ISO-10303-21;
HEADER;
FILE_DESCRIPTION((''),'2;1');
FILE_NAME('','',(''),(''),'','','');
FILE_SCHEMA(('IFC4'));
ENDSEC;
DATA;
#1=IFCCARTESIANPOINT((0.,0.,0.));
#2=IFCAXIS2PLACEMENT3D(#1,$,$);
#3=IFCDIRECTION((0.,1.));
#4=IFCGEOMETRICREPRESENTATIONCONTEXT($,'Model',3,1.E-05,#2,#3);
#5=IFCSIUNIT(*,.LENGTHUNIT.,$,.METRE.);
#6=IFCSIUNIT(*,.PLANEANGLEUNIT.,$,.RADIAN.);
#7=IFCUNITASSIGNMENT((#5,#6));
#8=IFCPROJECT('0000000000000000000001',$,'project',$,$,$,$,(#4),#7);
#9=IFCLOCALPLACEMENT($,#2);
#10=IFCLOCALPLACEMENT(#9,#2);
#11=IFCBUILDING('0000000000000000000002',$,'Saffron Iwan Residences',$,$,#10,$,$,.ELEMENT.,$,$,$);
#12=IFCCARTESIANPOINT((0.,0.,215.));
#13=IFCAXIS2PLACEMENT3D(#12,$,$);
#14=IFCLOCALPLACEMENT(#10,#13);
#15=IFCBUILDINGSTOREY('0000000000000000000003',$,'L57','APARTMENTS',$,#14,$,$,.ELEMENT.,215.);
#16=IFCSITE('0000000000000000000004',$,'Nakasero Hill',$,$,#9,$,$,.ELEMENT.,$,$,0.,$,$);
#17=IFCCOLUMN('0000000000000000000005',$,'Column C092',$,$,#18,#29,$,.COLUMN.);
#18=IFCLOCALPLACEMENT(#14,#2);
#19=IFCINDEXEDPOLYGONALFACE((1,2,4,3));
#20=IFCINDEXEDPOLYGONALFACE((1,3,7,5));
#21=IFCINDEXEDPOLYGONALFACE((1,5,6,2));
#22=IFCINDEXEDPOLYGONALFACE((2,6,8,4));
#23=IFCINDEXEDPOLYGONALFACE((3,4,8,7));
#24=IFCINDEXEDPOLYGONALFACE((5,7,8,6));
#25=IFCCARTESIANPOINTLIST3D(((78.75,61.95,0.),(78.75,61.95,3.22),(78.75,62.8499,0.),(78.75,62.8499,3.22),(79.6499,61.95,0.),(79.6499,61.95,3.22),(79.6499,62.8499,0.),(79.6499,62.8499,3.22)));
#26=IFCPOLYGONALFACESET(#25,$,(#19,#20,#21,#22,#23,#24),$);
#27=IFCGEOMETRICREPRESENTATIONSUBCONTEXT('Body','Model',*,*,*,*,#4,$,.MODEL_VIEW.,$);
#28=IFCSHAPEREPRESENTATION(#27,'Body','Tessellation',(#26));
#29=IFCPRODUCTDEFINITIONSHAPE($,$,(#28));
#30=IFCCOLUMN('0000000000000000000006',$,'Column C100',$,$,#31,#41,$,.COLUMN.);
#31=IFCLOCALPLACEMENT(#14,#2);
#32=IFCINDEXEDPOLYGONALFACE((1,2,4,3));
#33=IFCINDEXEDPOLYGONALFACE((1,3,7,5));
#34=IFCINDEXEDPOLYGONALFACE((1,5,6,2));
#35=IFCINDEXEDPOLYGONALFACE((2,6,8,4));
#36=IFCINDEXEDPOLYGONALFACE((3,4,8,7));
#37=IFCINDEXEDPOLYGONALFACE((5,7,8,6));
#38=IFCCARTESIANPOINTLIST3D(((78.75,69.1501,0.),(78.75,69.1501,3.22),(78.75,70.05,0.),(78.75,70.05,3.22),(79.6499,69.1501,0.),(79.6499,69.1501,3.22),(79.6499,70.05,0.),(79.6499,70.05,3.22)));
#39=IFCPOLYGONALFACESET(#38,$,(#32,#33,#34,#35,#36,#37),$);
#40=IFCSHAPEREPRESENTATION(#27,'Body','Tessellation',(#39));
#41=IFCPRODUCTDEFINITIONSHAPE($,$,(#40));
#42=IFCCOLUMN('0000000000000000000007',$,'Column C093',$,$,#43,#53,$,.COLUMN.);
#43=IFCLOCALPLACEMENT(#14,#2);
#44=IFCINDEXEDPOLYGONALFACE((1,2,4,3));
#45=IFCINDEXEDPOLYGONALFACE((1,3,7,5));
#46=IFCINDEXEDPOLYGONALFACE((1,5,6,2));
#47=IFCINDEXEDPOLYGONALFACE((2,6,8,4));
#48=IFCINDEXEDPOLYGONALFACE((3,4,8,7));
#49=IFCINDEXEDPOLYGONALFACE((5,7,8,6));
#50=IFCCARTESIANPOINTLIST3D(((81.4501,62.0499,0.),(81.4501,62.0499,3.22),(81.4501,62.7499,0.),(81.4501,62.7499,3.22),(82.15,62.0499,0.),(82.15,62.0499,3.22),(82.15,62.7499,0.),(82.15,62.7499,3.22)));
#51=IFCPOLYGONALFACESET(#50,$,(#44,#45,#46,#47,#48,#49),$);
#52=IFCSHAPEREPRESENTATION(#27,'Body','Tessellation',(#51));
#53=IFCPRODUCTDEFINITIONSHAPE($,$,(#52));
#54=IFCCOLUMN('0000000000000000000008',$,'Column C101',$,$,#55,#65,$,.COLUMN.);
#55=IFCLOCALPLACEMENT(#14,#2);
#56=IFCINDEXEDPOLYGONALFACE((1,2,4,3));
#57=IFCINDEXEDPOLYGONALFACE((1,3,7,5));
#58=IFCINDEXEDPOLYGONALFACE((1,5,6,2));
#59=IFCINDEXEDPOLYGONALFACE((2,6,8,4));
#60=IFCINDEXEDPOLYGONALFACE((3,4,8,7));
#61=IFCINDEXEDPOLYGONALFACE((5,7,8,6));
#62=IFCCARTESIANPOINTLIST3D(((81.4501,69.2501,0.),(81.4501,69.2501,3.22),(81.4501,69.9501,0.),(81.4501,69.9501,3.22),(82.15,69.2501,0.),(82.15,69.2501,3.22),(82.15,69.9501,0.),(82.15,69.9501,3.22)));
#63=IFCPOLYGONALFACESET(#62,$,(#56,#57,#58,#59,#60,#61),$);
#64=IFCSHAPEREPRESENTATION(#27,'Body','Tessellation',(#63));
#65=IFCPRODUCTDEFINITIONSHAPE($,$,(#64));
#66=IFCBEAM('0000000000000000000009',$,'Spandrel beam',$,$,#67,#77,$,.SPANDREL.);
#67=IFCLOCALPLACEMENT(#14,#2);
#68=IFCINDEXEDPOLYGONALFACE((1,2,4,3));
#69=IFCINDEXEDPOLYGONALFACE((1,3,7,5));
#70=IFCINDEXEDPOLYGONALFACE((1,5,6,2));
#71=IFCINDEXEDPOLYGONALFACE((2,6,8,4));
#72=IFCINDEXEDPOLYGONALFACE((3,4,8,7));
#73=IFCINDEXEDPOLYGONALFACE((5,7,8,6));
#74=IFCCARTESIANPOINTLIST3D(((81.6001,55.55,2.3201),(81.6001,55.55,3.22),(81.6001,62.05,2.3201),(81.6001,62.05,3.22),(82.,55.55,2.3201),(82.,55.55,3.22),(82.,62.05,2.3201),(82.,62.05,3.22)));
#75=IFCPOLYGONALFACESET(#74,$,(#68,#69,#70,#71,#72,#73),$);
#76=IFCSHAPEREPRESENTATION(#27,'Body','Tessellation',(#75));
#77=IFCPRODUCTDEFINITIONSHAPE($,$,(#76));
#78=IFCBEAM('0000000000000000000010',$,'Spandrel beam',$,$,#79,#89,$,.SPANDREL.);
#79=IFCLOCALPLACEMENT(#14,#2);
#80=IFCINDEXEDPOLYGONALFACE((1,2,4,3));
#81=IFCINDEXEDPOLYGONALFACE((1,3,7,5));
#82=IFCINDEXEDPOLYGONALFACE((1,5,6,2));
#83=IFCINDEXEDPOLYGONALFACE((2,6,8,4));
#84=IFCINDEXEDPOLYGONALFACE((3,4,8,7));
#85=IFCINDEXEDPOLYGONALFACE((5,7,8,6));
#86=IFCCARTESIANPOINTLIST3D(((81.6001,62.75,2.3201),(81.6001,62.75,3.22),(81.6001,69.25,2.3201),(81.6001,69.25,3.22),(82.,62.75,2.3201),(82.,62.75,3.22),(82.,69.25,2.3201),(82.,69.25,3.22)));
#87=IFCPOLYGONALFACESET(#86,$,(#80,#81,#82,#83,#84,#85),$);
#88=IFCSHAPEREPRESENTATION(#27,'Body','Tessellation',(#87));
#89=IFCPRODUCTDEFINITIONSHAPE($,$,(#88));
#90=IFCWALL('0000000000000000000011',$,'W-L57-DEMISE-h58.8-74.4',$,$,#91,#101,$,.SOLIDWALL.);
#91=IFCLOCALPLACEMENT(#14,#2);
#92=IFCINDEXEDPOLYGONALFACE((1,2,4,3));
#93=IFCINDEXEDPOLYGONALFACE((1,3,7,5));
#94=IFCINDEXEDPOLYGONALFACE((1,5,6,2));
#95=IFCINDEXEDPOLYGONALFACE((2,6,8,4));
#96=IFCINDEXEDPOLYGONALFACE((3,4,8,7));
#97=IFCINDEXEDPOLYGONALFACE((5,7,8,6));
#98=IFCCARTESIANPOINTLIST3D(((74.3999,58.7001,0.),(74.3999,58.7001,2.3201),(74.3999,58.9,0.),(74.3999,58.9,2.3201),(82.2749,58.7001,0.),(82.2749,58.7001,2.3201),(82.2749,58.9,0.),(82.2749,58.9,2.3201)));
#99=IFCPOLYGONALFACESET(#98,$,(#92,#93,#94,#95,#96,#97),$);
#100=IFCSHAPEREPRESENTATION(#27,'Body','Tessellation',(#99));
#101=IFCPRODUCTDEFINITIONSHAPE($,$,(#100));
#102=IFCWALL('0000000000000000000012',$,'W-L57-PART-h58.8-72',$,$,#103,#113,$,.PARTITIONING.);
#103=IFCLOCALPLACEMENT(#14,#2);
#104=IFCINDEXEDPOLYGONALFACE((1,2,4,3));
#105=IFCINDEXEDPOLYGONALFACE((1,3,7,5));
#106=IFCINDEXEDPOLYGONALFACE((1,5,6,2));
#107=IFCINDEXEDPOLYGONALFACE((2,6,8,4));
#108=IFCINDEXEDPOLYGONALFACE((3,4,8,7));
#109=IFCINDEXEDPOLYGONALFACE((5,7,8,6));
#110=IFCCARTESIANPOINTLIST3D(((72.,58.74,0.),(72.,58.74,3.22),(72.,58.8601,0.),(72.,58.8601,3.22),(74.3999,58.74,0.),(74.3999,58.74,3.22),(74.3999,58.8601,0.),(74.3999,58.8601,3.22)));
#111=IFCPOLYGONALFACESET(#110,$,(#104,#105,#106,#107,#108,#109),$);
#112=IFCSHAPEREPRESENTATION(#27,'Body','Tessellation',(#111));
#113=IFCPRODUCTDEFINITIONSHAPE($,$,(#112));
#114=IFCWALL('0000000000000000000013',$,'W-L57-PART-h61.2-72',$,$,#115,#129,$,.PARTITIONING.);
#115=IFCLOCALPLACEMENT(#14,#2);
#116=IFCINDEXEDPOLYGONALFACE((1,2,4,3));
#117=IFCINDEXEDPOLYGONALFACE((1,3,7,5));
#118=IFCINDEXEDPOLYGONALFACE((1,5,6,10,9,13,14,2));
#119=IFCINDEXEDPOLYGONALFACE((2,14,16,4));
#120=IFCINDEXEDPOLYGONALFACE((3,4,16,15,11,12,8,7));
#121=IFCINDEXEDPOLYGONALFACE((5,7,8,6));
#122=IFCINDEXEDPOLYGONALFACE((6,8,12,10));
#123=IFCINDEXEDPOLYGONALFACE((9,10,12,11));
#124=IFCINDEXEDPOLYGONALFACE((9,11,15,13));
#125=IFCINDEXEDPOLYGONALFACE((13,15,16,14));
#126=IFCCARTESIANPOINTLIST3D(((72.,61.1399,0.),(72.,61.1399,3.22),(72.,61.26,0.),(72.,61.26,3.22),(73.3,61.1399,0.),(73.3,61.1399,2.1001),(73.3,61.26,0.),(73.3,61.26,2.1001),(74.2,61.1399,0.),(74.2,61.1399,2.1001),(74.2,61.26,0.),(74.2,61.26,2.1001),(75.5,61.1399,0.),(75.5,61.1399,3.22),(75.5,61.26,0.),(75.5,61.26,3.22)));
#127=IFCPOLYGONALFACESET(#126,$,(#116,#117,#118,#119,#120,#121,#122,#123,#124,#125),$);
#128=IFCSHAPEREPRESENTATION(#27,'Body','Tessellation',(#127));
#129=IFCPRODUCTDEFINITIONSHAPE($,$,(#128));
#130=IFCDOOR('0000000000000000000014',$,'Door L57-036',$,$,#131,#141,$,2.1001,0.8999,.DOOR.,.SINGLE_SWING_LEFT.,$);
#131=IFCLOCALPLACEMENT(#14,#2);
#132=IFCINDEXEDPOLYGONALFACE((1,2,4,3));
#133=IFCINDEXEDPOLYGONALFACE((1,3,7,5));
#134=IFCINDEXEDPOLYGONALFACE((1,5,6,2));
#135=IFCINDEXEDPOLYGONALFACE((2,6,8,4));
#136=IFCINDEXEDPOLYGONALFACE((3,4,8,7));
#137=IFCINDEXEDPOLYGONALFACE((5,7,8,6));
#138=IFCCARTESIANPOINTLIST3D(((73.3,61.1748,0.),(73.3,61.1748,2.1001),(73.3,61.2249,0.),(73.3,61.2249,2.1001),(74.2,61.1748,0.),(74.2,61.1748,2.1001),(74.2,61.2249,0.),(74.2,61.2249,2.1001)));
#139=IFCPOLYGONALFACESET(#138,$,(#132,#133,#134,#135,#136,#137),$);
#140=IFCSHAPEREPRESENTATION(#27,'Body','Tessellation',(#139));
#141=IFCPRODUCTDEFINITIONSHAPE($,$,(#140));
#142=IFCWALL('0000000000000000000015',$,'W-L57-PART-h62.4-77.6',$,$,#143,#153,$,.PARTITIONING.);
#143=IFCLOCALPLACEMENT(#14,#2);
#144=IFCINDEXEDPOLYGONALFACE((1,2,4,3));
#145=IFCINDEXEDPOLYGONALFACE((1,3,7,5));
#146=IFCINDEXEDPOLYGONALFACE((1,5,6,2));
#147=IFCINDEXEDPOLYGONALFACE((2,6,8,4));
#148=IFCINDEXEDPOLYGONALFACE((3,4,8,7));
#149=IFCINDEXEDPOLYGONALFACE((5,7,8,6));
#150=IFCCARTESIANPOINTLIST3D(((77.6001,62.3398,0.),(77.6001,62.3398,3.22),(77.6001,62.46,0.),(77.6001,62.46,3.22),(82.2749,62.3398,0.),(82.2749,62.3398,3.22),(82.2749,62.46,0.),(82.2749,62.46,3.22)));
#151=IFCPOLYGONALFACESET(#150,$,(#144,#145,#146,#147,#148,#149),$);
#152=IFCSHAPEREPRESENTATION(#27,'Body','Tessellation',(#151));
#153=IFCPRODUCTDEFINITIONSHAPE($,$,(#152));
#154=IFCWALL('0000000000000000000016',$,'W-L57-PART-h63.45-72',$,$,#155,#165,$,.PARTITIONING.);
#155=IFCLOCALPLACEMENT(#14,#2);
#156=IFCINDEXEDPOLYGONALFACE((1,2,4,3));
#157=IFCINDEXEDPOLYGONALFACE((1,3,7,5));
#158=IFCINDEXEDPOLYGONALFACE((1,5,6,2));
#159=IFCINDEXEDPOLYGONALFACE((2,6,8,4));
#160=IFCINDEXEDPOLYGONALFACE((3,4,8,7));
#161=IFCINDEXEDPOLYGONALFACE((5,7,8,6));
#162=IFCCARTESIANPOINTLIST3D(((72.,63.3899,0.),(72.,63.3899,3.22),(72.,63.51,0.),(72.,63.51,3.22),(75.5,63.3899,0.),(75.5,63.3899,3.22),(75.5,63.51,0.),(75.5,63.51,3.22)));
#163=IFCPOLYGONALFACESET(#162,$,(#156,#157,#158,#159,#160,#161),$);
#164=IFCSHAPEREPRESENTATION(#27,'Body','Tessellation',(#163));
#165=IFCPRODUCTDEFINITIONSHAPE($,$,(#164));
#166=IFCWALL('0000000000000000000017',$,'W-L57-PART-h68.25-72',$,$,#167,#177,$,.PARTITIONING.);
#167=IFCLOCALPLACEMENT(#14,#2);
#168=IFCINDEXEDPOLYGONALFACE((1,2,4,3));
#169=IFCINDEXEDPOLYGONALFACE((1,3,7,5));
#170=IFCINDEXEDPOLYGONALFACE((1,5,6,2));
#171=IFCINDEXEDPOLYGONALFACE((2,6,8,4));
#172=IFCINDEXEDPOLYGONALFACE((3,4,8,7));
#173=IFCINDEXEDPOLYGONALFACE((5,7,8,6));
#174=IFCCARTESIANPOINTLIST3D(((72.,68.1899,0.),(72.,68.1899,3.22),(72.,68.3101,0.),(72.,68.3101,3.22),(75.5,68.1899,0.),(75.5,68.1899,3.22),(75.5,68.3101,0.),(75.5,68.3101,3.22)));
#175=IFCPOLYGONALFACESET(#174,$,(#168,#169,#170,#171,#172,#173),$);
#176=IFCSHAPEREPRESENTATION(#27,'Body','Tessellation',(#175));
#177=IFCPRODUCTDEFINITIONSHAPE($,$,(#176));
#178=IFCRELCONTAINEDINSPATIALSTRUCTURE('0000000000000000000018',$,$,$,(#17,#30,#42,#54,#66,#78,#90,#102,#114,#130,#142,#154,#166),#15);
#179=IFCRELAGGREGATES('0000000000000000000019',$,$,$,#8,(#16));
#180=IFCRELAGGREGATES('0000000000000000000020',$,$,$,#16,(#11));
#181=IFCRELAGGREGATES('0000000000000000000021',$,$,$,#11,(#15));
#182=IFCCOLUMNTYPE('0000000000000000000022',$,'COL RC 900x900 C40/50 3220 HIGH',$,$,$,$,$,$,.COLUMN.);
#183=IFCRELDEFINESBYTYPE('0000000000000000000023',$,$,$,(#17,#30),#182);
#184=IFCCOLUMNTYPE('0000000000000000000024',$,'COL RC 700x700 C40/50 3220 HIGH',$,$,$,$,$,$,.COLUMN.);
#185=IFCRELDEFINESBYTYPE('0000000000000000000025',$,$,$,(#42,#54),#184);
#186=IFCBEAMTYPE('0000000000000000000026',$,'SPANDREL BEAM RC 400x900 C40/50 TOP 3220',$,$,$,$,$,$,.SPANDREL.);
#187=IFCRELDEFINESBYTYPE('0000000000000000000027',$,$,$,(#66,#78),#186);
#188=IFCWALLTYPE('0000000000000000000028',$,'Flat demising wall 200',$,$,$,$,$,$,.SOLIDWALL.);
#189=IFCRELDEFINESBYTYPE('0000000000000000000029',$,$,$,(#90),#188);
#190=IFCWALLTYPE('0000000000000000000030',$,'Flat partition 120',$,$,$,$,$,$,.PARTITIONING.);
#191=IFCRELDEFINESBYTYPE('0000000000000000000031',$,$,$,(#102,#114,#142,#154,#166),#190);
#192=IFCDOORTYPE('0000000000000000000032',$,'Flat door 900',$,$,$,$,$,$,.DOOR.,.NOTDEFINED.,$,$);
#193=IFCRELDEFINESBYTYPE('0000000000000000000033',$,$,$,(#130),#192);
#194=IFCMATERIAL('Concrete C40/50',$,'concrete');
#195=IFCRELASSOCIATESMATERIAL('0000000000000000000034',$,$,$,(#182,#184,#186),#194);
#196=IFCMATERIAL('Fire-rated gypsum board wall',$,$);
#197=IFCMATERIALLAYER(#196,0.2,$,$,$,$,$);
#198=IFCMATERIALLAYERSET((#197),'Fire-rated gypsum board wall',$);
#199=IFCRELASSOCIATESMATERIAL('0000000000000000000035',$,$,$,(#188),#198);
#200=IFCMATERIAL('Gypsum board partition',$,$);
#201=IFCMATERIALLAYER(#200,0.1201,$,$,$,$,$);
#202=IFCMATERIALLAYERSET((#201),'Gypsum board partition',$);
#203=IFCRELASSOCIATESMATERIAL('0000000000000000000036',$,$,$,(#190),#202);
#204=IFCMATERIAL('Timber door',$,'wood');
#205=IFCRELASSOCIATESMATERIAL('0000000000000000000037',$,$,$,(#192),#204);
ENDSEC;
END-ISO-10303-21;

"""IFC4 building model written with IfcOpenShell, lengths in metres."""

from ifc_helpers import new_model, si_unit, direction, frame, frame_2d, origin, origin_2d, place, context, subcontext, project, spatial, rectangle, extrude, source, transform, mapped, material, layer, layer_set, material_profile, profile_set, type_object, element, fill, save


model = new_model("IFC4")

# Units and contexts
model_context = context("Model", 3, precision=1e-05, world=origin(), true_north=direction((0.0, 1.0)))
body_context = subcontext(model_context, "Body", "Model", "MODEL_VIEW")
ifc_project = project(units=[si_unit("LENGTHUNIT", "METRE"), si_unit("PLANEANGLEUNIT", "RADIAN")], contexts=[model_context])

# Site, building, storey
site_placement = place(None, origin())
site = spatial("IfcSite", under=ifc_project, at=site_placement, Name="Nakasero Hill", CompositionType="ELEMENT", RefElevation=0.0)
building_placement = place(site_placement, origin())
building = spatial("IfcBuilding", under=site, at=building_placement, Name="Saffron Iwan Residences", CompositionType="ELEMENT")
storey_placement = place(building_placement, frame((0.0, 0.0, 215.0)))
storey = spatial("IfcBuildingStorey", under=building, at=storey_placement, Name="L57", Description="APARTMENTS", CompositionType="ELEMENT", Elevation=215.0)

# Columns
ifc_material_1 = material(Name="Concrete C40/50", Category="concrete")
ifc_material_profile_1 = material_profile(ifc_material_1, rectangle(XDim=0.8999, YDim=0.8999, at=origin_2d()), Name="RC 900x900")
ifc_profile_set_1 = profile_set([ifc_material_profile_1], Name="Concrete C40/50")
column_type_1 = type_object("IfcColumnType", Name="COL RC 900x900 C40/50 3220 HIGH", PredefinedType="COLUMN", material=ifc_profile_set_1)
shared_shape_1 = source(origin(), body_context, "Body", "SweptSolid", [
    extrude(rectangle(XDim=0.8999, YDim=0.8999, at=origin_2d()), origin(), (0.0, 0.0, 1.0), 3.22),
])
for number, where, z_axis, x_axis, name in (
    (1, (79.2, 62.3999, 0.0), (0.0, 0.0, 1.0), (1.0, 0.0, 0.0), "Column C092"),
    (2, (79.2, 69.6001, 0.0), (0.0, 0.0, 1.0), (1.0, 0.0, 0.0), "Column C100"),
):
    element("IfcColumn", number, at=place(storey_placement, frame(where, z_axis=z_axis, x_axis=x_axis)), inside=storey, type_object=column_type_1, Name=name, PredefinedType="COLUMN", context=body_context, shape_type="MappedRepresentation", body=[
        mapped(shared_shape_1, transform((0.0, 0.0, 0.0))),
    ])
ifc_material_profile_2 = material_profile(ifc_material_1, rectangle(XDim=0.7, YDim=0.7, at=origin_2d()), Name="RC 700x700")
ifc_profile_set_2 = profile_set([ifc_material_profile_2], Name="Concrete C40/50")
column_type_2 = type_object("IfcColumnType", Name="COL RC 700x700 C40/50 3220 HIGH", PredefinedType="COLUMN", material=ifc_profile_set_2)
shared_shape_2 = source(origin(), body_context, "Body", "SweptSolid", [
    extrude(rectangle(XDim=0.7, YDim=0.7, at=origin_2d()), origin(), (0.0, 0.0, 1.0), 3.22),
])
for number, where, z_axis, x_axis, name in (
    (3, (81.8, 62.3999, 0.0), (0.0, 0.0, 1.0), (1.0, 0.0, 0.0), "Column C093"),
    (4, (81.8, 69.6001, 0.0), (0.0, 0.0, 1.0), (1.0, 0.0, 0.0), "Column C101"),
):
    element("IfcColumn", number, at=place(storey_placement, frame(where, z_axis=z_axis, x_axis=x_axis)), inside=storey, type_object=column_type_2, Name=name, PredefinedType="COLUMN", context=body_context, shape_type="MappedRepresentation", body=[
        mapped(shared_shape_2, transform((0.0, 0.0, 0.0))),
    ])

# Beams
ifc_material_profile_3 = material_profile(ifc_material_1, rectangle(XDim=0.3999, YDim=0.8999, at=origin_2d()), Name="RC 400x900")
ifc_profile_set_3 = profile_set([ifc_material_profile_3], Name="Concrete C40/50")
beam_type = type_object("IfcBeamType", Name="SPANDREL BEAM RC 400x900 C40/50 TOP 3220", PredefinedType="SPANDREL", material=ifc_profile_set_3)
shared_shape_3 = source(origin(), body_context, "Body", "SweptSolid", [
    extrude(rectangle(XDim=0.3999, YDim=0.8999, at=origin_2d()), origin(), (0.0, 0.0, 1.0), 6.5),
])
for number, where, z_axis, x_axis, name in (
    (5, (81.8, 62.05, 2.77), (0.0, -1.0, 0.0), (1.0, 0.0, 0.0), "Spandrel beam"),
    (6, (81.8, 69.25, 2.77), (0.0, -1.0, 0.0), (1.0, 0.0, 0.0), "Spandrel beam"),
):
    element("IfcBeam", number, at=place(storey_placement, frame(where, z_axis=z_axis, x_axis=x_axis)), inside=storey, type_object=beam_type, Name=name, PredefinedType="SPANDREL", context=body_context, shape_type="MappedRepresentation", body=[
        mapped(shared_shape_3, transform((0.0, 0.0, 0.0))),
    ])

# Walls
ifc_material_2 = material(Name="Fire-rated gypsum board wall")
ifc_layer_1 = layer(ifc_material_2, 0.2)
ifc_layer_set_1 = layer_set([ifc_layer_1], Name="Fire-rated gypsum board wall")
wall_type_1 = type_object("IfcWallType", Name="Flat demising wall 200", PredefinedType="SOLIDWALL", material=ifc_layer_set_1)
wall_1_placement = place(storey_placement, frame((74.3999, 58.8, 0.0), z_axis=(0.0, 0.0, 1.0), x_axis=(1.0, 0.0, 0.0)))
element("IfcWall", 7, at=wall_1_placement, inside=storey, type_object=wall_type_1, Name="W-L57-DEMISE-h58.8-74.4", PredefinedType="SOLIDWALL", context=body_context, shape_type="SweptSolid", body=[
    extrude(rectangle(XDim=7.875, YDim=0.2, at=frame_2d((3.9375, 0.0))), origin(), (0.0, 0.0, 1.0), 2.3201),
])
ifc_material_3 = material(Name="Gypsum board partition")
ifc_layer_2 = layer(ifc_material_3, 0.1201)
ifc_layer_set_2 = layer_set([ifc_layer_2], Name="Gypsum board partition")
wall_type_2 = type_object("IfcWallType", Name="Flat partition 120", PredefinedType="PARTITIONING", material=ifc_layer_set_2)
wall_2_placement = place(storey_placement, frame((72.0, 58.8, 0.0), z_axis=(0.0, 0.0, 1.0), x_axis=(1.0, 0.0, 0.0)))
element("IfcWall", 8, at=wall_2_placement, inside=storey, type_object=wall_type_2, Name="W-L57-PART-h58.8-72", PredefinedType="PARTITIONING", context=body_context, shape_type="SweptSolid", body=[
    extrude(rectangle(XDim=2.3999, YDim=0.1201, at=frame_2d((1.2, 0.0))), origin(), (0.0, 0.0, 1.0), 3.22),
])

# Wall, opening, door
wall_3_placement = place(storey_placement, frame((72.0, 61.2, 0.0), z_axis=(0.0, 0.0, 1.0), x_axis=(1.0, 0.0, 0.0)))
wall_3 = element("IfcWall", 9, at=wall_3_placement, inside=storey, type_object=wall_type_2, Name="W-L57-PART-h61.2-72", PredefinedType="PARTITIONING", context=body_context, shape_type="SweptSolid", body=[
    extrude(rectangle(XDim=3.5, YDim=0.1201, at=frame_2d((1.75, 0.0))), origin(), (0.0, 0.0, 1.0), 3.22),
])
opening_1_placement = place(wall_3_placement, frame((1.3, 0.0, 0.0)))
opening_1 = element("IfcOpeningElement", 10, at=opening_1_placement, cuts=wall_3, PredefinedType="OPENING", context=body_context, shape_type="SweptSolid", body=[
    extrude(rectangle(XDim=0.8999, YDim=2.1001, at=frame_2d((0.45, 1.05))), frame((0.0, 0.0701, 0.0), z_axis=(0.0, -1.0, 0.0), x_axis=(1.0, 0.0, 0.0)), (0.0, 0.0, 1.0), 0.1401),
])
ifc_material_4 = material(Name="Timber door", Category="wood")
door_type_1 = type_object("IfcDoorType", Name="Flat door 900", OperationType="NOTDEFINED", PredefinedType="DOOR", material=ifc_material_4)
door_1_placement = place(opening_1_placement, origin())
door_1 = element("IfcDoor", 11, at=door_1_placement, inside=storey, type_object=door_type_1, Name="Door L57-036", OperationType="SINGLE_SWING_LEFT", OverallHeight=2.1001, OverallWidth=0.8999, PredefinedType="DOOR", context=body_context, shape_type="SweptSolid", body=[
    extrude(rectangle(XDim=0.8999, YDim=2.1001, at=frame_2d((0.45, 1.05))), frame((0.0, 0.0249, 0.0), z_axis=(0.0, -1.0, 0.0), x_axis=(1.0, 0.0, 0.0)), (0.0, 0.0, 1.0), 0.05),
])
fill(opening_1, door_1)

# Walls
wall_4_placement = place(storey_placement, frame((77.6001, 62.3999, 0.0), z_axis=(0.0, 0.0, 1.0), x_axis=(1.0, 0.0, 0.0)))
element("IfcWall", 12, at=wall_4_placement, inside=storey, type_object=wall_type_2, Name="W-L57-PART-h62.4-77.6", PredefinedType="PARTITIONING", context=body_context, shape_type="SweptSolid", body=[
    extrude(rectangle(XDim=4.6748, YDim=0.1201, at=frame_2d((2.3374, 0.0))), origin(), (0.0, 0.0, 1.0), 3.22),
])
for number, where, z_axis, x_axis, name in (
    (13, (72.0, 63.45, 0.0), (0.0, 0.0, 1.0), (1.0, 0.0, 0.0), "W-L57-PART-h63.45-72"),
    (14, (72.0, 68.25, 0.0), (0.0, 0.0, 1.0), (1.0, 0.0, 0.0), "W-L57-PART-h68.25-72"),
):
    element("IfcWall", number, at=place(storey_placement, frame(where, z_axis=z_axis, x_axis=x_axis)), inside=storey, type_object=wall_type_2, Name=name, PredefinedType="PARTITIONING", context=body_context, shape_type="SweptSolid", body=[
        extrude(rectangle(XDim=3.5, YDim=0.1201, at=frame_2d((1.75, 0.0))), origin(), (0.0, 0.0, 1.0), 3.22),
    ])

save(model, "model.ifc")
